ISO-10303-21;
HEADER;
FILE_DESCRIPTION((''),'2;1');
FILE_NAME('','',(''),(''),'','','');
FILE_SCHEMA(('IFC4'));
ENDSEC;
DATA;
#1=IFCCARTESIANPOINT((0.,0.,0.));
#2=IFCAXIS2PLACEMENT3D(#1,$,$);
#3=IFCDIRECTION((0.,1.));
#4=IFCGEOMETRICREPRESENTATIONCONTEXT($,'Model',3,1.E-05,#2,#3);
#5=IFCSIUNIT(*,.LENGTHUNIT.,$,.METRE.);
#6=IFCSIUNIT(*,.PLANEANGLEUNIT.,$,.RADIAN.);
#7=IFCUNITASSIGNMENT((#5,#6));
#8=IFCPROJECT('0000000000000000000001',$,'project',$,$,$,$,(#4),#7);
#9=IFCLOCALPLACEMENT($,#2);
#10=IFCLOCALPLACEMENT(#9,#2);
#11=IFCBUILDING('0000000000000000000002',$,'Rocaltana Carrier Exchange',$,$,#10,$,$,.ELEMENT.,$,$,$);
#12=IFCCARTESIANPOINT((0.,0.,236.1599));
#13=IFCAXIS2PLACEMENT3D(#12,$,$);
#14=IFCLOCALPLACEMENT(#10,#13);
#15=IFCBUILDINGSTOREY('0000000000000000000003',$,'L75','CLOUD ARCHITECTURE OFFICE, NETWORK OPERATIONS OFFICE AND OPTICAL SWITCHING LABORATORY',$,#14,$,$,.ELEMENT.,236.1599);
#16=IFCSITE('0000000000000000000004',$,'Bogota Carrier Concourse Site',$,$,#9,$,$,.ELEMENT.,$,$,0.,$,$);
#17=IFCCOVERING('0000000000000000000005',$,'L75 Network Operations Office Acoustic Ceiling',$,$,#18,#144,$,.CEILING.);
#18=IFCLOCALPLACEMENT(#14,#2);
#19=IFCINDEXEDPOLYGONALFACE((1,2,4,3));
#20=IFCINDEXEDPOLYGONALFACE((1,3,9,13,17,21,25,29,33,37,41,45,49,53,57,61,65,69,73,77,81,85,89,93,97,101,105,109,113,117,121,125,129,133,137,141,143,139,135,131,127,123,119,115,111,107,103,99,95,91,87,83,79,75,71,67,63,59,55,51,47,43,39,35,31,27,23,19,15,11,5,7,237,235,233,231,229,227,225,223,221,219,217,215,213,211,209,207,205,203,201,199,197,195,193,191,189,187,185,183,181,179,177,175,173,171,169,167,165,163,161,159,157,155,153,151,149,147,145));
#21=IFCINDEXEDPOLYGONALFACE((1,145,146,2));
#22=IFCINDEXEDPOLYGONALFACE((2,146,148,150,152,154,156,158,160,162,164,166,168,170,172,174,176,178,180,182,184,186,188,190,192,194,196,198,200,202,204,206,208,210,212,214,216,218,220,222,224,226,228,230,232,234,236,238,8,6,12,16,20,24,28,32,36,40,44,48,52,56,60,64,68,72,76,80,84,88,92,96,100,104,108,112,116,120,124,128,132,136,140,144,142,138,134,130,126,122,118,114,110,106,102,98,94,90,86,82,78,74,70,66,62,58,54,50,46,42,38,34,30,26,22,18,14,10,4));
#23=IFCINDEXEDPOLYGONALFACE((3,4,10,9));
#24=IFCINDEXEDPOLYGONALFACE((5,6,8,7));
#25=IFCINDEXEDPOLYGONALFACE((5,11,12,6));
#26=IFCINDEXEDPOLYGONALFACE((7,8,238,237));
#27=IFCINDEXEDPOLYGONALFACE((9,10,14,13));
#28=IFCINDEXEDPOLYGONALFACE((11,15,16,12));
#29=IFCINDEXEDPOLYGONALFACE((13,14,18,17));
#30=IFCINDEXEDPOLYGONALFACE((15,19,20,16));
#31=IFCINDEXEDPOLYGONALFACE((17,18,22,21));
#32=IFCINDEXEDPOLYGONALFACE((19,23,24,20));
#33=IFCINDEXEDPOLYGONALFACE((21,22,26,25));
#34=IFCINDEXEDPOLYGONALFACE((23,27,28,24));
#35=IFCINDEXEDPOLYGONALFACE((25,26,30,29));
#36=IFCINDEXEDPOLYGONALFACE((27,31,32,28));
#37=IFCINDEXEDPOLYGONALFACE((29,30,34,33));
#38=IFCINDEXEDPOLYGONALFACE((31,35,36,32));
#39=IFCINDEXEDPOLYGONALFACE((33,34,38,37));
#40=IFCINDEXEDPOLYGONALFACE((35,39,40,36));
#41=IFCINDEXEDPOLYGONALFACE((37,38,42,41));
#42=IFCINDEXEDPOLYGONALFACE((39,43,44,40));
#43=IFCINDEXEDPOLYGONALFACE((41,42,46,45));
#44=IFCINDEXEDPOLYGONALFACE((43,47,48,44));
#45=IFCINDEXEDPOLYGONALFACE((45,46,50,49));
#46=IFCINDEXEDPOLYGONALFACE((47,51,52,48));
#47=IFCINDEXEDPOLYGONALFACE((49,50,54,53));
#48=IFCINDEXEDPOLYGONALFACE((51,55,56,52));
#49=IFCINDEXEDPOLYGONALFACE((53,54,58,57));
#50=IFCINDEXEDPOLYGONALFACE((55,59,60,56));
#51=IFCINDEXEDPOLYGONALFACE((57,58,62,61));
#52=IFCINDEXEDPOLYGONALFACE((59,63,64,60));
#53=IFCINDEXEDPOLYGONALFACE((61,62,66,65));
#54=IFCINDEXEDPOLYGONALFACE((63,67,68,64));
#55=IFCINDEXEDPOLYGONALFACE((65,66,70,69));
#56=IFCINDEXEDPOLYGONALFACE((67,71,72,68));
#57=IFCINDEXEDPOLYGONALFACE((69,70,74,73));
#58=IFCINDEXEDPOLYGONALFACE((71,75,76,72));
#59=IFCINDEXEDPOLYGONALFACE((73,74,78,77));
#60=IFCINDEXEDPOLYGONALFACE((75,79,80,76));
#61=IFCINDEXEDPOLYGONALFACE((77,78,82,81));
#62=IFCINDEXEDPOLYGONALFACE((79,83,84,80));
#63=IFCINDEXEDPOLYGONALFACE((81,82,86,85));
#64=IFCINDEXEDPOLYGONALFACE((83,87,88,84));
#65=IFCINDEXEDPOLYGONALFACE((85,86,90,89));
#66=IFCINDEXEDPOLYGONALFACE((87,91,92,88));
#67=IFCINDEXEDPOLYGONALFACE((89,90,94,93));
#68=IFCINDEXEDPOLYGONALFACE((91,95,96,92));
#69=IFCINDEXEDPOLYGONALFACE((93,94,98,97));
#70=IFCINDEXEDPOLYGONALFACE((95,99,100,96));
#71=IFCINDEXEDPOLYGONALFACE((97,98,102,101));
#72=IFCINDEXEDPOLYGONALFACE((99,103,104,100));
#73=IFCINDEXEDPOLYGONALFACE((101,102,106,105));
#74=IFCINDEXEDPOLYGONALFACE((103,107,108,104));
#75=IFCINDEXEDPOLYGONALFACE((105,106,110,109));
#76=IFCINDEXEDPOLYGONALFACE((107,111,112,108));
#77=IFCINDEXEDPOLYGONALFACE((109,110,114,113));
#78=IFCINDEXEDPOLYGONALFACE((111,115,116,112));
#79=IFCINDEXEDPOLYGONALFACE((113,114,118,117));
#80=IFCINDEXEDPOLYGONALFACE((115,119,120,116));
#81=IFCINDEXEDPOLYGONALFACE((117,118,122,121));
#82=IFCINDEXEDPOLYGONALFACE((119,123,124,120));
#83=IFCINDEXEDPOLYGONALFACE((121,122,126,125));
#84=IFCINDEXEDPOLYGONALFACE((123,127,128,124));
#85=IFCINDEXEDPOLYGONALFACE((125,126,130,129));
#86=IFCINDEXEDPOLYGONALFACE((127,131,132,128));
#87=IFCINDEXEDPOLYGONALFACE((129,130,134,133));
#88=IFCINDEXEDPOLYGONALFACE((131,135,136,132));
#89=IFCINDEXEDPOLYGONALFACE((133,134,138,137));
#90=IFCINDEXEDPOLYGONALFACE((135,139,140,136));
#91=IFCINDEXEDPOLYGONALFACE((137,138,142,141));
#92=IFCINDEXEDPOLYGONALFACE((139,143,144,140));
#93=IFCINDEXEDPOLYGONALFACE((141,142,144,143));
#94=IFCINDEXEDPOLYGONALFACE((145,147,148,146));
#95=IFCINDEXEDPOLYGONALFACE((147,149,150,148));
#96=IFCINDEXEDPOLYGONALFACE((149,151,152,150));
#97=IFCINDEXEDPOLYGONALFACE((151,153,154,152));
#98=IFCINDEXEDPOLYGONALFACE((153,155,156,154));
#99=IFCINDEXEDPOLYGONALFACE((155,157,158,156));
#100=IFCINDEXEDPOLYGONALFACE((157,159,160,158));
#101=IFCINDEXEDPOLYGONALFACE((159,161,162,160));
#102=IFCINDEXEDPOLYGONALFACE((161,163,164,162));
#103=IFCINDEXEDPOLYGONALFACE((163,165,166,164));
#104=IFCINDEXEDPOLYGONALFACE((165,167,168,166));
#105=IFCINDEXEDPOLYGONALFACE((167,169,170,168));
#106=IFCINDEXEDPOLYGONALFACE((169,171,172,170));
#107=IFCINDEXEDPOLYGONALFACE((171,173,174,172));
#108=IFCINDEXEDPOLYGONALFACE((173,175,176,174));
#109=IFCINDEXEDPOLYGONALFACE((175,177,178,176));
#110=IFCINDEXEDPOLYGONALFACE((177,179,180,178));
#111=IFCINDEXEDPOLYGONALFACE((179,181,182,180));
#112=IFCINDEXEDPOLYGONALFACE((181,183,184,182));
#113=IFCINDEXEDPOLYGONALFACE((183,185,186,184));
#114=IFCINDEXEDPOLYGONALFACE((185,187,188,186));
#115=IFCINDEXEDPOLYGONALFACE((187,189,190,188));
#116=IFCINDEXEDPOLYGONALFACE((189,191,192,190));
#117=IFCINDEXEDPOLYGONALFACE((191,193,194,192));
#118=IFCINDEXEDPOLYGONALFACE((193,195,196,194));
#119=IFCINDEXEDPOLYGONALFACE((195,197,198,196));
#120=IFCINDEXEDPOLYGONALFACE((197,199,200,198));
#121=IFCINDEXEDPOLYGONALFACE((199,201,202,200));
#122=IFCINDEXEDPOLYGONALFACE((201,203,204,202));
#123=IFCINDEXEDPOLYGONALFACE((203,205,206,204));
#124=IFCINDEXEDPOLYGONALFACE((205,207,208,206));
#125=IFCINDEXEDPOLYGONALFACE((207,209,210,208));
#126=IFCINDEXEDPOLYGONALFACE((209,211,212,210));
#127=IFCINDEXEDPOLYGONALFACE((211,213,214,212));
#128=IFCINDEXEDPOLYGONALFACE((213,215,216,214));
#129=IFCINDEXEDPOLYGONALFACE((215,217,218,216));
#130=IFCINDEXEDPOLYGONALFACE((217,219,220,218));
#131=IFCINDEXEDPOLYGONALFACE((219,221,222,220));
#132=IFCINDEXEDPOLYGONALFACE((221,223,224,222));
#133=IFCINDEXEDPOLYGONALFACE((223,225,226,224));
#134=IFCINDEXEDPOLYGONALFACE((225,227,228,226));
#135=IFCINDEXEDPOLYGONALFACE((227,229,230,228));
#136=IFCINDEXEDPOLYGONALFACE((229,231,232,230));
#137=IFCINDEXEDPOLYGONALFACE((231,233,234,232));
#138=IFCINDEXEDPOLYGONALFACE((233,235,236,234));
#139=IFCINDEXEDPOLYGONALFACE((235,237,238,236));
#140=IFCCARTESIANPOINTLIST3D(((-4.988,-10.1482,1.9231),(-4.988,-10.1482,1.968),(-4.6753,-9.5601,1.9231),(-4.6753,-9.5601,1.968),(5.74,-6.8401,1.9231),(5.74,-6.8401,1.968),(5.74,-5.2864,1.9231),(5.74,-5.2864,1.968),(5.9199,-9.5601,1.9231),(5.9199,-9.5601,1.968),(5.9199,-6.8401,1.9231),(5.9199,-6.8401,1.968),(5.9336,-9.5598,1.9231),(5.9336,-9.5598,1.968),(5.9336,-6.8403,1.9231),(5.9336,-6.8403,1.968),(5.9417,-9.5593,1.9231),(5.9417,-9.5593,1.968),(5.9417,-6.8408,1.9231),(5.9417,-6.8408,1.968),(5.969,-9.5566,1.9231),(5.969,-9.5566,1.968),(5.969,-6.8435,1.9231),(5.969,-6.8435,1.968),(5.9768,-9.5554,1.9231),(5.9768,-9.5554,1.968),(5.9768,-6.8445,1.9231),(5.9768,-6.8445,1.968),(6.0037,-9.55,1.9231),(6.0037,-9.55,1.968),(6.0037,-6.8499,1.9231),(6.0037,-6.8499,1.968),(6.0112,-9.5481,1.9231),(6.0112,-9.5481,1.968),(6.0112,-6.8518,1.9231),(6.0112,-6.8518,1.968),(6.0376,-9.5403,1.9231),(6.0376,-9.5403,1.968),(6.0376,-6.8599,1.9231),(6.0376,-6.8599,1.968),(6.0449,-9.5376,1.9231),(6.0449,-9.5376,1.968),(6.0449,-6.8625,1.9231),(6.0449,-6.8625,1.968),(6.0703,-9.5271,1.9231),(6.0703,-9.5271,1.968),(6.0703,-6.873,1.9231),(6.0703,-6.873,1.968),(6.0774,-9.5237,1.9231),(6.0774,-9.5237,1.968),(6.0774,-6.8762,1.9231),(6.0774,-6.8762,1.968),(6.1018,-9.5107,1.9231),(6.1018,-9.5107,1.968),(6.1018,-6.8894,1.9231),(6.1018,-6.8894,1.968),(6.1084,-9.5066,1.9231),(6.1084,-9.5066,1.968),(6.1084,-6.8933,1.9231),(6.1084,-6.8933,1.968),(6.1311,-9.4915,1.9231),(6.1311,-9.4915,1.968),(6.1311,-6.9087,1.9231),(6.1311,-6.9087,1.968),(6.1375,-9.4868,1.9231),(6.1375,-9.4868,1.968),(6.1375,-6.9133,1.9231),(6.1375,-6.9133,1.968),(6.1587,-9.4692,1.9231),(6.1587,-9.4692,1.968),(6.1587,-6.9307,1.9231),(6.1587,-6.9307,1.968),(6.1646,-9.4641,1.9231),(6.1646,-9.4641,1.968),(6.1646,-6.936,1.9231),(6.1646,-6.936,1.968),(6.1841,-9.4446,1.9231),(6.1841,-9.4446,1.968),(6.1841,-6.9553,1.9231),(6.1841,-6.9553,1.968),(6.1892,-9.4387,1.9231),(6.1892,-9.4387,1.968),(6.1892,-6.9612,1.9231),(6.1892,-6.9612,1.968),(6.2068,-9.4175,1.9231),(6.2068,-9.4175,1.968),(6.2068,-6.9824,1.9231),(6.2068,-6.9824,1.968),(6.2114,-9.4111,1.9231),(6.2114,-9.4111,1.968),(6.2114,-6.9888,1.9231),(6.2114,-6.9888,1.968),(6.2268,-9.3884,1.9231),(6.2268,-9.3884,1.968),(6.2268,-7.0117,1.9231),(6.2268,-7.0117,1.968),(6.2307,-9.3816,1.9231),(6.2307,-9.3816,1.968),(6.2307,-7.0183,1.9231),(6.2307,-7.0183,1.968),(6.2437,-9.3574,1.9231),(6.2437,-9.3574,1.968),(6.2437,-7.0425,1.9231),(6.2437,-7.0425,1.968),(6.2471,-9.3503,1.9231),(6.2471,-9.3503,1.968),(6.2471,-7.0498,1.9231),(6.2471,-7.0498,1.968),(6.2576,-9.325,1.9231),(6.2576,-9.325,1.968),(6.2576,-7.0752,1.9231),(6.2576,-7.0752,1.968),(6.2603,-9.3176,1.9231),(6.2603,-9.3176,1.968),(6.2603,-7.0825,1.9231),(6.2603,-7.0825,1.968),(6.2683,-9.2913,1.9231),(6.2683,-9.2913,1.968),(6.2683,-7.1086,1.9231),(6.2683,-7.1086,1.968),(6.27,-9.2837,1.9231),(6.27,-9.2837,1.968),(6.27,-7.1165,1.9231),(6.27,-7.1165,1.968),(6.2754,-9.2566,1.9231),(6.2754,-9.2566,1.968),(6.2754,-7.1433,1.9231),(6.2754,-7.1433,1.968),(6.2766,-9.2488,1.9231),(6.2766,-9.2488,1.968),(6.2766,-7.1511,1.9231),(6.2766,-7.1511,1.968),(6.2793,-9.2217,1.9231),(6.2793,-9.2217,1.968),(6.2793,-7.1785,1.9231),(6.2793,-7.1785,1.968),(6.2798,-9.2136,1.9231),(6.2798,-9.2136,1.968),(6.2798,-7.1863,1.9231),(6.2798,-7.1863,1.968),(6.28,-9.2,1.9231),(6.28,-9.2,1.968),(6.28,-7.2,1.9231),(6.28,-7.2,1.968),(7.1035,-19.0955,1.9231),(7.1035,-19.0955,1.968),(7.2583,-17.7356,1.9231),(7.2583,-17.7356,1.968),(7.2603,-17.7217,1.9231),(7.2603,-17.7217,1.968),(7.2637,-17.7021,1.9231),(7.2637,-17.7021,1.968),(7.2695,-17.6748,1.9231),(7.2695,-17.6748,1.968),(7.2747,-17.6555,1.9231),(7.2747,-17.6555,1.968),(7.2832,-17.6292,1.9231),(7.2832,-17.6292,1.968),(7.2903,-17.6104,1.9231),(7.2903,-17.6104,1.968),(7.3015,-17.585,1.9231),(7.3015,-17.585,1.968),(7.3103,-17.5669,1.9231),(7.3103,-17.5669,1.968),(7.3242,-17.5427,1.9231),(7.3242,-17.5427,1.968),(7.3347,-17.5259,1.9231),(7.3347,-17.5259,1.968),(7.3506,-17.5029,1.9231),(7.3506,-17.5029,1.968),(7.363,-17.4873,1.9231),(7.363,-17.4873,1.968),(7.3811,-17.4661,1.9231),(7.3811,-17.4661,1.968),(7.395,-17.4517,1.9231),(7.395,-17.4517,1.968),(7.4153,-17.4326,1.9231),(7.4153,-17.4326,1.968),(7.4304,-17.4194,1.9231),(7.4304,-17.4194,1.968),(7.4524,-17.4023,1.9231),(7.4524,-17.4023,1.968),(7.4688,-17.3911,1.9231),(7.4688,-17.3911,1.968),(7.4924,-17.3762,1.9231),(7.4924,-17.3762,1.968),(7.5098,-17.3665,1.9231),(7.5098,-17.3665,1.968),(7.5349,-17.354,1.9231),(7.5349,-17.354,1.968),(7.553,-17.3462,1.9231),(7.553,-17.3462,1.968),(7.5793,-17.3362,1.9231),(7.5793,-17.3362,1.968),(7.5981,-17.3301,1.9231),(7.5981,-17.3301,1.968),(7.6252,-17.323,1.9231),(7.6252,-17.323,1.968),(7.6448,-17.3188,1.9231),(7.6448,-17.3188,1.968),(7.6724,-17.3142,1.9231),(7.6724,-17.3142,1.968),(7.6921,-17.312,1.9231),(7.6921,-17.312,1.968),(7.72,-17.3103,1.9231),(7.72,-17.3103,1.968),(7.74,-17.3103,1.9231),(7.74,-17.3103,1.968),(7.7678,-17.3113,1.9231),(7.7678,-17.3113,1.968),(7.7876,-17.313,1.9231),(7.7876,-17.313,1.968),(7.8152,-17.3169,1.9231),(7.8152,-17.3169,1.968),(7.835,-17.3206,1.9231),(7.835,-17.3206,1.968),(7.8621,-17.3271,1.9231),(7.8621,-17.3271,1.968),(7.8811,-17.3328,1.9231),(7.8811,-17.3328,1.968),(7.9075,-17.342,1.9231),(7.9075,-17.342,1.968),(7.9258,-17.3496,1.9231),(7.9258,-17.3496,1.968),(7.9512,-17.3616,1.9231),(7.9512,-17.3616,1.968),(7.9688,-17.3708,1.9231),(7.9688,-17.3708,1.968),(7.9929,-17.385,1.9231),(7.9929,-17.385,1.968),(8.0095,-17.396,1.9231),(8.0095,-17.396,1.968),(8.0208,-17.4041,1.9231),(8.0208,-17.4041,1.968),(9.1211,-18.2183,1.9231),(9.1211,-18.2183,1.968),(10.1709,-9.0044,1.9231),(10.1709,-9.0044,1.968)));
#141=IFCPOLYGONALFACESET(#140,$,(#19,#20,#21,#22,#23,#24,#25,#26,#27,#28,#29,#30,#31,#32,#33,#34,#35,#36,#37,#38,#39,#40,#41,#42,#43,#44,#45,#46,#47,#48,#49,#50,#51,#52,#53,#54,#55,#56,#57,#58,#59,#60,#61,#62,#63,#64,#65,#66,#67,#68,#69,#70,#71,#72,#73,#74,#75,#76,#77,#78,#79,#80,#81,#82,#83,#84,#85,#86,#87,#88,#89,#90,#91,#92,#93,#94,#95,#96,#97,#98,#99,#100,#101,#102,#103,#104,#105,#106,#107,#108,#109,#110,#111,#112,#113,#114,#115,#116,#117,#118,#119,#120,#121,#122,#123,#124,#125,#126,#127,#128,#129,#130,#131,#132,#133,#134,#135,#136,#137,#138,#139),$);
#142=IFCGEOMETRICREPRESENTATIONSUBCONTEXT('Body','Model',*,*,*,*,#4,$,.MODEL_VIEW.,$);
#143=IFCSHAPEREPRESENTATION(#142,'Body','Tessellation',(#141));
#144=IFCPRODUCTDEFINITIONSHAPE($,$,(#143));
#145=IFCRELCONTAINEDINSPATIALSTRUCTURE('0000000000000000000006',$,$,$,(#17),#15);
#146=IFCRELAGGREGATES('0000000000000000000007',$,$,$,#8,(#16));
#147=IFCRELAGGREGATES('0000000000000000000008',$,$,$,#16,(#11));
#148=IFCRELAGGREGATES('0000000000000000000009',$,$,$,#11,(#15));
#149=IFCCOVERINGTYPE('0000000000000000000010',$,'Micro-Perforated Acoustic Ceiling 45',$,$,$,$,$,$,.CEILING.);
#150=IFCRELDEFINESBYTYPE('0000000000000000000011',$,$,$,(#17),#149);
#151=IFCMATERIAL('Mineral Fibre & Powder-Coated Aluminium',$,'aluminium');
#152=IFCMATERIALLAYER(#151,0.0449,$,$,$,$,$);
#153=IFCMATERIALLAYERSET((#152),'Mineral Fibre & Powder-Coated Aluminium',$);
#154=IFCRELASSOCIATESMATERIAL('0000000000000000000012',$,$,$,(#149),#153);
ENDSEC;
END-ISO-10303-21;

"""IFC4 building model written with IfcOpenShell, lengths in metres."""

from ifc_helpers import new_model, si_unit, direction, frame, origin, place, context, subcontext, project, spatial, polyline, outline, extrude, material, layer, layer_set, type_object, element, save


model = new_model("IFC4")

# Units and contexts
model_context = context("Model", 3, precision=1e-05, world=origin(), true_north=direction((0.0, 1.0)))
body_context = subcontext(model_context, "Body", "Model", "MODEL_VIEW")
ifc_project = project(units=[si_unit("LENGTHUNIT", "METRE"), si_unit("PLANEANGLEUNIT", "RADIAN")], contexts=[model_context])

# Site, building, storey
site_placement = place(None, origin())
site = spatial("IfcSite", under=ifc_project, at=site_placement, Name="Bogota Carrier Concourse Site", CompositionType="ELEMENT", RefElevation=0.0)
building_placement = place(site_placement, origin())
building = spatial("IfcBuilding", under=site, at=building_placement, Name="Rocaltana Carrier Exchange", CompositionType="ELEMENT")
storey_placement = place(building_placement, frame((0.0, 0.0, 236.1599)))
storey = spatial("IfcBuildingStorey", under=building, at=storey_placement, Name="L75", Description="CLOUD ARCHITECTURE OFFICE, NETWORK OPERATIONS OFFICE AND OPTICAL SWITCHING LABORATORY", CompositionType="ELEMENT", Elevation=236.1599)

# Covering
ifc_material_1 = material(Name="Mineral Fibre & Powder-Coated Aluminium", Category="aluminium")
ifc_layer_1 = layer(ifc_material_1, 0.0449)
ifc_layer_set_1 = layer_set([ifc_layer_1], Name="Mineral Fibre & Powder-Coated Aluminium")
covering_type_1 = type_object("IfcCoveringType", Name="Micro-Perforated Acoustic Ceiling 45", PredefinedType="CEILING", material=ifc_layer_set_1)
covering_1_placement = place(storey_placement, frame((0.0, 0.0, 1.9231)))
element("IfcCovering", 1, at=covering_1_placement, inside=storey, type_object=covering_type_1, Name="L75 Network Operations Office Acoustic Ceiling", PredefinedType="CEILING", context=body_context, shape_type="SweptSolid", body=[
    extrude(outline(polyline([(5.74, -6.8401), (5.74, -5.2864), (10.1709, -9.0044), (9.1211, -18.2183), (8.0208, -17.4041), (8.0095, -17.396), (7.9929, -17.385), (7.9688, -17.3708), (7.9512, -17.3616), (7.9258, -17.3496), (7.9075, -17.342), (7.8811, -17.3328), (7.8621, -17.3271), (7.835, -17.3206), (7.8152, -17.3169), (7.7876, -17.313), (7.7678, -17.3113), (7.74, -17.3103), (7.72, -17.3103), (7.6921, -17.312), (7.6724, -17.3142), (7.6448, -17.3188), (7.6252, -17.323), (7.5981, -17.3301), (7.5793, -17.3362), (7.553, -17.3462), (7.5349, -17.354), (7.5098, -17.3665), (7.4924, -17.3762), (7.4688, -17.3911), (7.4524, -17.4023), (7.4304, -17.4194), (7.4153, -17.4326), (7.395, -17.4517), (7.3811, -17.4661), (7.363, -17.4873), (7.3506, -17.5029), (7.3347, -17.5259), (7.3242, -17.5427), (7.3103, -17.5669), (7.3015, -17.585), (7.2903, -17.6104), (7.2832, -17.6292), (7.2747, -17.6555), (7.2695, -17.6748), (7.2637, -17.7021), (7.2603, -17.7217), (7.2583, -17.7356), (7.1035, -19.0955), (-4.988, -10.1482), (-4.6753, -9.5601), (5.9199, -9.5601), (5.9336, -9.5598), (5.9417, -9.5593), (5.969, -9.5566), (5.9768, -9.5554), (6.0037, -9.55), (6.0112, -9.5481), (6.0376, -9.5403), (6.0449, -9.5376), (6.0703, -9.5271), (6.0774, -9.5237), (6.1018, -9.5107), (6.1084, -9.5066), (6.1311, -9.4915), (6.1375, -9.4868), (6.1587, -9.4692), (6.1646, -9.4641), (6.1841, -9.4446), (6.1892, -9.4387), (6.2068, -9.4175), (6.2114, -9.4111), (6.2268, -9.3884), (6.2307, -9.3816), (6.2437, -9.3574), (6.2471, -9.3503), (6.2576, -9.325), (6.2603, -9.3176), (6.2683, -9.2913), (6.27, -9.2837), (6.2754, -9.2566), (6.2766, -9.2488), (6.2793, -9.2217), (6.2798, -9.2136), (6.28, -9.2), (6.28, -7.2), (6.2798, -7.1863), (6.2793, -7.1785), (6.2766, -7.1511), (6.2754, -7.1433), (6.27, -7.1165), (6.2683, -7.1086), (6.2603, -7.0825), (6.2576, -7.0752), (6.2471, -7.0498), (6.2437, -7.0425), (6.2307, -7.0183), (6.2268, -7.0117), (6.2114, -6.9888), (6.2068, -6.9824), (6.1892, -6.9612), (6.1841, -6.9553), (6.1646, -6.936), (6.1587, -6.9307), (6.1375, -6.9133), (6.1311, -6.9087), (6.1084, -6.8933), (6.1018, -6.8894), (6.0774, -6.8762), (6.0703, -6.873), (6.0449, -6.8625), (6.0376, -6.8599), (6.0112, -6.8518), (6.0037, -6.8499), (5.9768, -6.8445), (5.969, -6.8435), (5.9417, -6.8408), (5.9336, -6.8403), (5.9199, -6.8401), (5.74, -6.8401)])), origin(), (0.0, 0.0, 1.0), 0.0449),
])

save(model, "model.ifc")
